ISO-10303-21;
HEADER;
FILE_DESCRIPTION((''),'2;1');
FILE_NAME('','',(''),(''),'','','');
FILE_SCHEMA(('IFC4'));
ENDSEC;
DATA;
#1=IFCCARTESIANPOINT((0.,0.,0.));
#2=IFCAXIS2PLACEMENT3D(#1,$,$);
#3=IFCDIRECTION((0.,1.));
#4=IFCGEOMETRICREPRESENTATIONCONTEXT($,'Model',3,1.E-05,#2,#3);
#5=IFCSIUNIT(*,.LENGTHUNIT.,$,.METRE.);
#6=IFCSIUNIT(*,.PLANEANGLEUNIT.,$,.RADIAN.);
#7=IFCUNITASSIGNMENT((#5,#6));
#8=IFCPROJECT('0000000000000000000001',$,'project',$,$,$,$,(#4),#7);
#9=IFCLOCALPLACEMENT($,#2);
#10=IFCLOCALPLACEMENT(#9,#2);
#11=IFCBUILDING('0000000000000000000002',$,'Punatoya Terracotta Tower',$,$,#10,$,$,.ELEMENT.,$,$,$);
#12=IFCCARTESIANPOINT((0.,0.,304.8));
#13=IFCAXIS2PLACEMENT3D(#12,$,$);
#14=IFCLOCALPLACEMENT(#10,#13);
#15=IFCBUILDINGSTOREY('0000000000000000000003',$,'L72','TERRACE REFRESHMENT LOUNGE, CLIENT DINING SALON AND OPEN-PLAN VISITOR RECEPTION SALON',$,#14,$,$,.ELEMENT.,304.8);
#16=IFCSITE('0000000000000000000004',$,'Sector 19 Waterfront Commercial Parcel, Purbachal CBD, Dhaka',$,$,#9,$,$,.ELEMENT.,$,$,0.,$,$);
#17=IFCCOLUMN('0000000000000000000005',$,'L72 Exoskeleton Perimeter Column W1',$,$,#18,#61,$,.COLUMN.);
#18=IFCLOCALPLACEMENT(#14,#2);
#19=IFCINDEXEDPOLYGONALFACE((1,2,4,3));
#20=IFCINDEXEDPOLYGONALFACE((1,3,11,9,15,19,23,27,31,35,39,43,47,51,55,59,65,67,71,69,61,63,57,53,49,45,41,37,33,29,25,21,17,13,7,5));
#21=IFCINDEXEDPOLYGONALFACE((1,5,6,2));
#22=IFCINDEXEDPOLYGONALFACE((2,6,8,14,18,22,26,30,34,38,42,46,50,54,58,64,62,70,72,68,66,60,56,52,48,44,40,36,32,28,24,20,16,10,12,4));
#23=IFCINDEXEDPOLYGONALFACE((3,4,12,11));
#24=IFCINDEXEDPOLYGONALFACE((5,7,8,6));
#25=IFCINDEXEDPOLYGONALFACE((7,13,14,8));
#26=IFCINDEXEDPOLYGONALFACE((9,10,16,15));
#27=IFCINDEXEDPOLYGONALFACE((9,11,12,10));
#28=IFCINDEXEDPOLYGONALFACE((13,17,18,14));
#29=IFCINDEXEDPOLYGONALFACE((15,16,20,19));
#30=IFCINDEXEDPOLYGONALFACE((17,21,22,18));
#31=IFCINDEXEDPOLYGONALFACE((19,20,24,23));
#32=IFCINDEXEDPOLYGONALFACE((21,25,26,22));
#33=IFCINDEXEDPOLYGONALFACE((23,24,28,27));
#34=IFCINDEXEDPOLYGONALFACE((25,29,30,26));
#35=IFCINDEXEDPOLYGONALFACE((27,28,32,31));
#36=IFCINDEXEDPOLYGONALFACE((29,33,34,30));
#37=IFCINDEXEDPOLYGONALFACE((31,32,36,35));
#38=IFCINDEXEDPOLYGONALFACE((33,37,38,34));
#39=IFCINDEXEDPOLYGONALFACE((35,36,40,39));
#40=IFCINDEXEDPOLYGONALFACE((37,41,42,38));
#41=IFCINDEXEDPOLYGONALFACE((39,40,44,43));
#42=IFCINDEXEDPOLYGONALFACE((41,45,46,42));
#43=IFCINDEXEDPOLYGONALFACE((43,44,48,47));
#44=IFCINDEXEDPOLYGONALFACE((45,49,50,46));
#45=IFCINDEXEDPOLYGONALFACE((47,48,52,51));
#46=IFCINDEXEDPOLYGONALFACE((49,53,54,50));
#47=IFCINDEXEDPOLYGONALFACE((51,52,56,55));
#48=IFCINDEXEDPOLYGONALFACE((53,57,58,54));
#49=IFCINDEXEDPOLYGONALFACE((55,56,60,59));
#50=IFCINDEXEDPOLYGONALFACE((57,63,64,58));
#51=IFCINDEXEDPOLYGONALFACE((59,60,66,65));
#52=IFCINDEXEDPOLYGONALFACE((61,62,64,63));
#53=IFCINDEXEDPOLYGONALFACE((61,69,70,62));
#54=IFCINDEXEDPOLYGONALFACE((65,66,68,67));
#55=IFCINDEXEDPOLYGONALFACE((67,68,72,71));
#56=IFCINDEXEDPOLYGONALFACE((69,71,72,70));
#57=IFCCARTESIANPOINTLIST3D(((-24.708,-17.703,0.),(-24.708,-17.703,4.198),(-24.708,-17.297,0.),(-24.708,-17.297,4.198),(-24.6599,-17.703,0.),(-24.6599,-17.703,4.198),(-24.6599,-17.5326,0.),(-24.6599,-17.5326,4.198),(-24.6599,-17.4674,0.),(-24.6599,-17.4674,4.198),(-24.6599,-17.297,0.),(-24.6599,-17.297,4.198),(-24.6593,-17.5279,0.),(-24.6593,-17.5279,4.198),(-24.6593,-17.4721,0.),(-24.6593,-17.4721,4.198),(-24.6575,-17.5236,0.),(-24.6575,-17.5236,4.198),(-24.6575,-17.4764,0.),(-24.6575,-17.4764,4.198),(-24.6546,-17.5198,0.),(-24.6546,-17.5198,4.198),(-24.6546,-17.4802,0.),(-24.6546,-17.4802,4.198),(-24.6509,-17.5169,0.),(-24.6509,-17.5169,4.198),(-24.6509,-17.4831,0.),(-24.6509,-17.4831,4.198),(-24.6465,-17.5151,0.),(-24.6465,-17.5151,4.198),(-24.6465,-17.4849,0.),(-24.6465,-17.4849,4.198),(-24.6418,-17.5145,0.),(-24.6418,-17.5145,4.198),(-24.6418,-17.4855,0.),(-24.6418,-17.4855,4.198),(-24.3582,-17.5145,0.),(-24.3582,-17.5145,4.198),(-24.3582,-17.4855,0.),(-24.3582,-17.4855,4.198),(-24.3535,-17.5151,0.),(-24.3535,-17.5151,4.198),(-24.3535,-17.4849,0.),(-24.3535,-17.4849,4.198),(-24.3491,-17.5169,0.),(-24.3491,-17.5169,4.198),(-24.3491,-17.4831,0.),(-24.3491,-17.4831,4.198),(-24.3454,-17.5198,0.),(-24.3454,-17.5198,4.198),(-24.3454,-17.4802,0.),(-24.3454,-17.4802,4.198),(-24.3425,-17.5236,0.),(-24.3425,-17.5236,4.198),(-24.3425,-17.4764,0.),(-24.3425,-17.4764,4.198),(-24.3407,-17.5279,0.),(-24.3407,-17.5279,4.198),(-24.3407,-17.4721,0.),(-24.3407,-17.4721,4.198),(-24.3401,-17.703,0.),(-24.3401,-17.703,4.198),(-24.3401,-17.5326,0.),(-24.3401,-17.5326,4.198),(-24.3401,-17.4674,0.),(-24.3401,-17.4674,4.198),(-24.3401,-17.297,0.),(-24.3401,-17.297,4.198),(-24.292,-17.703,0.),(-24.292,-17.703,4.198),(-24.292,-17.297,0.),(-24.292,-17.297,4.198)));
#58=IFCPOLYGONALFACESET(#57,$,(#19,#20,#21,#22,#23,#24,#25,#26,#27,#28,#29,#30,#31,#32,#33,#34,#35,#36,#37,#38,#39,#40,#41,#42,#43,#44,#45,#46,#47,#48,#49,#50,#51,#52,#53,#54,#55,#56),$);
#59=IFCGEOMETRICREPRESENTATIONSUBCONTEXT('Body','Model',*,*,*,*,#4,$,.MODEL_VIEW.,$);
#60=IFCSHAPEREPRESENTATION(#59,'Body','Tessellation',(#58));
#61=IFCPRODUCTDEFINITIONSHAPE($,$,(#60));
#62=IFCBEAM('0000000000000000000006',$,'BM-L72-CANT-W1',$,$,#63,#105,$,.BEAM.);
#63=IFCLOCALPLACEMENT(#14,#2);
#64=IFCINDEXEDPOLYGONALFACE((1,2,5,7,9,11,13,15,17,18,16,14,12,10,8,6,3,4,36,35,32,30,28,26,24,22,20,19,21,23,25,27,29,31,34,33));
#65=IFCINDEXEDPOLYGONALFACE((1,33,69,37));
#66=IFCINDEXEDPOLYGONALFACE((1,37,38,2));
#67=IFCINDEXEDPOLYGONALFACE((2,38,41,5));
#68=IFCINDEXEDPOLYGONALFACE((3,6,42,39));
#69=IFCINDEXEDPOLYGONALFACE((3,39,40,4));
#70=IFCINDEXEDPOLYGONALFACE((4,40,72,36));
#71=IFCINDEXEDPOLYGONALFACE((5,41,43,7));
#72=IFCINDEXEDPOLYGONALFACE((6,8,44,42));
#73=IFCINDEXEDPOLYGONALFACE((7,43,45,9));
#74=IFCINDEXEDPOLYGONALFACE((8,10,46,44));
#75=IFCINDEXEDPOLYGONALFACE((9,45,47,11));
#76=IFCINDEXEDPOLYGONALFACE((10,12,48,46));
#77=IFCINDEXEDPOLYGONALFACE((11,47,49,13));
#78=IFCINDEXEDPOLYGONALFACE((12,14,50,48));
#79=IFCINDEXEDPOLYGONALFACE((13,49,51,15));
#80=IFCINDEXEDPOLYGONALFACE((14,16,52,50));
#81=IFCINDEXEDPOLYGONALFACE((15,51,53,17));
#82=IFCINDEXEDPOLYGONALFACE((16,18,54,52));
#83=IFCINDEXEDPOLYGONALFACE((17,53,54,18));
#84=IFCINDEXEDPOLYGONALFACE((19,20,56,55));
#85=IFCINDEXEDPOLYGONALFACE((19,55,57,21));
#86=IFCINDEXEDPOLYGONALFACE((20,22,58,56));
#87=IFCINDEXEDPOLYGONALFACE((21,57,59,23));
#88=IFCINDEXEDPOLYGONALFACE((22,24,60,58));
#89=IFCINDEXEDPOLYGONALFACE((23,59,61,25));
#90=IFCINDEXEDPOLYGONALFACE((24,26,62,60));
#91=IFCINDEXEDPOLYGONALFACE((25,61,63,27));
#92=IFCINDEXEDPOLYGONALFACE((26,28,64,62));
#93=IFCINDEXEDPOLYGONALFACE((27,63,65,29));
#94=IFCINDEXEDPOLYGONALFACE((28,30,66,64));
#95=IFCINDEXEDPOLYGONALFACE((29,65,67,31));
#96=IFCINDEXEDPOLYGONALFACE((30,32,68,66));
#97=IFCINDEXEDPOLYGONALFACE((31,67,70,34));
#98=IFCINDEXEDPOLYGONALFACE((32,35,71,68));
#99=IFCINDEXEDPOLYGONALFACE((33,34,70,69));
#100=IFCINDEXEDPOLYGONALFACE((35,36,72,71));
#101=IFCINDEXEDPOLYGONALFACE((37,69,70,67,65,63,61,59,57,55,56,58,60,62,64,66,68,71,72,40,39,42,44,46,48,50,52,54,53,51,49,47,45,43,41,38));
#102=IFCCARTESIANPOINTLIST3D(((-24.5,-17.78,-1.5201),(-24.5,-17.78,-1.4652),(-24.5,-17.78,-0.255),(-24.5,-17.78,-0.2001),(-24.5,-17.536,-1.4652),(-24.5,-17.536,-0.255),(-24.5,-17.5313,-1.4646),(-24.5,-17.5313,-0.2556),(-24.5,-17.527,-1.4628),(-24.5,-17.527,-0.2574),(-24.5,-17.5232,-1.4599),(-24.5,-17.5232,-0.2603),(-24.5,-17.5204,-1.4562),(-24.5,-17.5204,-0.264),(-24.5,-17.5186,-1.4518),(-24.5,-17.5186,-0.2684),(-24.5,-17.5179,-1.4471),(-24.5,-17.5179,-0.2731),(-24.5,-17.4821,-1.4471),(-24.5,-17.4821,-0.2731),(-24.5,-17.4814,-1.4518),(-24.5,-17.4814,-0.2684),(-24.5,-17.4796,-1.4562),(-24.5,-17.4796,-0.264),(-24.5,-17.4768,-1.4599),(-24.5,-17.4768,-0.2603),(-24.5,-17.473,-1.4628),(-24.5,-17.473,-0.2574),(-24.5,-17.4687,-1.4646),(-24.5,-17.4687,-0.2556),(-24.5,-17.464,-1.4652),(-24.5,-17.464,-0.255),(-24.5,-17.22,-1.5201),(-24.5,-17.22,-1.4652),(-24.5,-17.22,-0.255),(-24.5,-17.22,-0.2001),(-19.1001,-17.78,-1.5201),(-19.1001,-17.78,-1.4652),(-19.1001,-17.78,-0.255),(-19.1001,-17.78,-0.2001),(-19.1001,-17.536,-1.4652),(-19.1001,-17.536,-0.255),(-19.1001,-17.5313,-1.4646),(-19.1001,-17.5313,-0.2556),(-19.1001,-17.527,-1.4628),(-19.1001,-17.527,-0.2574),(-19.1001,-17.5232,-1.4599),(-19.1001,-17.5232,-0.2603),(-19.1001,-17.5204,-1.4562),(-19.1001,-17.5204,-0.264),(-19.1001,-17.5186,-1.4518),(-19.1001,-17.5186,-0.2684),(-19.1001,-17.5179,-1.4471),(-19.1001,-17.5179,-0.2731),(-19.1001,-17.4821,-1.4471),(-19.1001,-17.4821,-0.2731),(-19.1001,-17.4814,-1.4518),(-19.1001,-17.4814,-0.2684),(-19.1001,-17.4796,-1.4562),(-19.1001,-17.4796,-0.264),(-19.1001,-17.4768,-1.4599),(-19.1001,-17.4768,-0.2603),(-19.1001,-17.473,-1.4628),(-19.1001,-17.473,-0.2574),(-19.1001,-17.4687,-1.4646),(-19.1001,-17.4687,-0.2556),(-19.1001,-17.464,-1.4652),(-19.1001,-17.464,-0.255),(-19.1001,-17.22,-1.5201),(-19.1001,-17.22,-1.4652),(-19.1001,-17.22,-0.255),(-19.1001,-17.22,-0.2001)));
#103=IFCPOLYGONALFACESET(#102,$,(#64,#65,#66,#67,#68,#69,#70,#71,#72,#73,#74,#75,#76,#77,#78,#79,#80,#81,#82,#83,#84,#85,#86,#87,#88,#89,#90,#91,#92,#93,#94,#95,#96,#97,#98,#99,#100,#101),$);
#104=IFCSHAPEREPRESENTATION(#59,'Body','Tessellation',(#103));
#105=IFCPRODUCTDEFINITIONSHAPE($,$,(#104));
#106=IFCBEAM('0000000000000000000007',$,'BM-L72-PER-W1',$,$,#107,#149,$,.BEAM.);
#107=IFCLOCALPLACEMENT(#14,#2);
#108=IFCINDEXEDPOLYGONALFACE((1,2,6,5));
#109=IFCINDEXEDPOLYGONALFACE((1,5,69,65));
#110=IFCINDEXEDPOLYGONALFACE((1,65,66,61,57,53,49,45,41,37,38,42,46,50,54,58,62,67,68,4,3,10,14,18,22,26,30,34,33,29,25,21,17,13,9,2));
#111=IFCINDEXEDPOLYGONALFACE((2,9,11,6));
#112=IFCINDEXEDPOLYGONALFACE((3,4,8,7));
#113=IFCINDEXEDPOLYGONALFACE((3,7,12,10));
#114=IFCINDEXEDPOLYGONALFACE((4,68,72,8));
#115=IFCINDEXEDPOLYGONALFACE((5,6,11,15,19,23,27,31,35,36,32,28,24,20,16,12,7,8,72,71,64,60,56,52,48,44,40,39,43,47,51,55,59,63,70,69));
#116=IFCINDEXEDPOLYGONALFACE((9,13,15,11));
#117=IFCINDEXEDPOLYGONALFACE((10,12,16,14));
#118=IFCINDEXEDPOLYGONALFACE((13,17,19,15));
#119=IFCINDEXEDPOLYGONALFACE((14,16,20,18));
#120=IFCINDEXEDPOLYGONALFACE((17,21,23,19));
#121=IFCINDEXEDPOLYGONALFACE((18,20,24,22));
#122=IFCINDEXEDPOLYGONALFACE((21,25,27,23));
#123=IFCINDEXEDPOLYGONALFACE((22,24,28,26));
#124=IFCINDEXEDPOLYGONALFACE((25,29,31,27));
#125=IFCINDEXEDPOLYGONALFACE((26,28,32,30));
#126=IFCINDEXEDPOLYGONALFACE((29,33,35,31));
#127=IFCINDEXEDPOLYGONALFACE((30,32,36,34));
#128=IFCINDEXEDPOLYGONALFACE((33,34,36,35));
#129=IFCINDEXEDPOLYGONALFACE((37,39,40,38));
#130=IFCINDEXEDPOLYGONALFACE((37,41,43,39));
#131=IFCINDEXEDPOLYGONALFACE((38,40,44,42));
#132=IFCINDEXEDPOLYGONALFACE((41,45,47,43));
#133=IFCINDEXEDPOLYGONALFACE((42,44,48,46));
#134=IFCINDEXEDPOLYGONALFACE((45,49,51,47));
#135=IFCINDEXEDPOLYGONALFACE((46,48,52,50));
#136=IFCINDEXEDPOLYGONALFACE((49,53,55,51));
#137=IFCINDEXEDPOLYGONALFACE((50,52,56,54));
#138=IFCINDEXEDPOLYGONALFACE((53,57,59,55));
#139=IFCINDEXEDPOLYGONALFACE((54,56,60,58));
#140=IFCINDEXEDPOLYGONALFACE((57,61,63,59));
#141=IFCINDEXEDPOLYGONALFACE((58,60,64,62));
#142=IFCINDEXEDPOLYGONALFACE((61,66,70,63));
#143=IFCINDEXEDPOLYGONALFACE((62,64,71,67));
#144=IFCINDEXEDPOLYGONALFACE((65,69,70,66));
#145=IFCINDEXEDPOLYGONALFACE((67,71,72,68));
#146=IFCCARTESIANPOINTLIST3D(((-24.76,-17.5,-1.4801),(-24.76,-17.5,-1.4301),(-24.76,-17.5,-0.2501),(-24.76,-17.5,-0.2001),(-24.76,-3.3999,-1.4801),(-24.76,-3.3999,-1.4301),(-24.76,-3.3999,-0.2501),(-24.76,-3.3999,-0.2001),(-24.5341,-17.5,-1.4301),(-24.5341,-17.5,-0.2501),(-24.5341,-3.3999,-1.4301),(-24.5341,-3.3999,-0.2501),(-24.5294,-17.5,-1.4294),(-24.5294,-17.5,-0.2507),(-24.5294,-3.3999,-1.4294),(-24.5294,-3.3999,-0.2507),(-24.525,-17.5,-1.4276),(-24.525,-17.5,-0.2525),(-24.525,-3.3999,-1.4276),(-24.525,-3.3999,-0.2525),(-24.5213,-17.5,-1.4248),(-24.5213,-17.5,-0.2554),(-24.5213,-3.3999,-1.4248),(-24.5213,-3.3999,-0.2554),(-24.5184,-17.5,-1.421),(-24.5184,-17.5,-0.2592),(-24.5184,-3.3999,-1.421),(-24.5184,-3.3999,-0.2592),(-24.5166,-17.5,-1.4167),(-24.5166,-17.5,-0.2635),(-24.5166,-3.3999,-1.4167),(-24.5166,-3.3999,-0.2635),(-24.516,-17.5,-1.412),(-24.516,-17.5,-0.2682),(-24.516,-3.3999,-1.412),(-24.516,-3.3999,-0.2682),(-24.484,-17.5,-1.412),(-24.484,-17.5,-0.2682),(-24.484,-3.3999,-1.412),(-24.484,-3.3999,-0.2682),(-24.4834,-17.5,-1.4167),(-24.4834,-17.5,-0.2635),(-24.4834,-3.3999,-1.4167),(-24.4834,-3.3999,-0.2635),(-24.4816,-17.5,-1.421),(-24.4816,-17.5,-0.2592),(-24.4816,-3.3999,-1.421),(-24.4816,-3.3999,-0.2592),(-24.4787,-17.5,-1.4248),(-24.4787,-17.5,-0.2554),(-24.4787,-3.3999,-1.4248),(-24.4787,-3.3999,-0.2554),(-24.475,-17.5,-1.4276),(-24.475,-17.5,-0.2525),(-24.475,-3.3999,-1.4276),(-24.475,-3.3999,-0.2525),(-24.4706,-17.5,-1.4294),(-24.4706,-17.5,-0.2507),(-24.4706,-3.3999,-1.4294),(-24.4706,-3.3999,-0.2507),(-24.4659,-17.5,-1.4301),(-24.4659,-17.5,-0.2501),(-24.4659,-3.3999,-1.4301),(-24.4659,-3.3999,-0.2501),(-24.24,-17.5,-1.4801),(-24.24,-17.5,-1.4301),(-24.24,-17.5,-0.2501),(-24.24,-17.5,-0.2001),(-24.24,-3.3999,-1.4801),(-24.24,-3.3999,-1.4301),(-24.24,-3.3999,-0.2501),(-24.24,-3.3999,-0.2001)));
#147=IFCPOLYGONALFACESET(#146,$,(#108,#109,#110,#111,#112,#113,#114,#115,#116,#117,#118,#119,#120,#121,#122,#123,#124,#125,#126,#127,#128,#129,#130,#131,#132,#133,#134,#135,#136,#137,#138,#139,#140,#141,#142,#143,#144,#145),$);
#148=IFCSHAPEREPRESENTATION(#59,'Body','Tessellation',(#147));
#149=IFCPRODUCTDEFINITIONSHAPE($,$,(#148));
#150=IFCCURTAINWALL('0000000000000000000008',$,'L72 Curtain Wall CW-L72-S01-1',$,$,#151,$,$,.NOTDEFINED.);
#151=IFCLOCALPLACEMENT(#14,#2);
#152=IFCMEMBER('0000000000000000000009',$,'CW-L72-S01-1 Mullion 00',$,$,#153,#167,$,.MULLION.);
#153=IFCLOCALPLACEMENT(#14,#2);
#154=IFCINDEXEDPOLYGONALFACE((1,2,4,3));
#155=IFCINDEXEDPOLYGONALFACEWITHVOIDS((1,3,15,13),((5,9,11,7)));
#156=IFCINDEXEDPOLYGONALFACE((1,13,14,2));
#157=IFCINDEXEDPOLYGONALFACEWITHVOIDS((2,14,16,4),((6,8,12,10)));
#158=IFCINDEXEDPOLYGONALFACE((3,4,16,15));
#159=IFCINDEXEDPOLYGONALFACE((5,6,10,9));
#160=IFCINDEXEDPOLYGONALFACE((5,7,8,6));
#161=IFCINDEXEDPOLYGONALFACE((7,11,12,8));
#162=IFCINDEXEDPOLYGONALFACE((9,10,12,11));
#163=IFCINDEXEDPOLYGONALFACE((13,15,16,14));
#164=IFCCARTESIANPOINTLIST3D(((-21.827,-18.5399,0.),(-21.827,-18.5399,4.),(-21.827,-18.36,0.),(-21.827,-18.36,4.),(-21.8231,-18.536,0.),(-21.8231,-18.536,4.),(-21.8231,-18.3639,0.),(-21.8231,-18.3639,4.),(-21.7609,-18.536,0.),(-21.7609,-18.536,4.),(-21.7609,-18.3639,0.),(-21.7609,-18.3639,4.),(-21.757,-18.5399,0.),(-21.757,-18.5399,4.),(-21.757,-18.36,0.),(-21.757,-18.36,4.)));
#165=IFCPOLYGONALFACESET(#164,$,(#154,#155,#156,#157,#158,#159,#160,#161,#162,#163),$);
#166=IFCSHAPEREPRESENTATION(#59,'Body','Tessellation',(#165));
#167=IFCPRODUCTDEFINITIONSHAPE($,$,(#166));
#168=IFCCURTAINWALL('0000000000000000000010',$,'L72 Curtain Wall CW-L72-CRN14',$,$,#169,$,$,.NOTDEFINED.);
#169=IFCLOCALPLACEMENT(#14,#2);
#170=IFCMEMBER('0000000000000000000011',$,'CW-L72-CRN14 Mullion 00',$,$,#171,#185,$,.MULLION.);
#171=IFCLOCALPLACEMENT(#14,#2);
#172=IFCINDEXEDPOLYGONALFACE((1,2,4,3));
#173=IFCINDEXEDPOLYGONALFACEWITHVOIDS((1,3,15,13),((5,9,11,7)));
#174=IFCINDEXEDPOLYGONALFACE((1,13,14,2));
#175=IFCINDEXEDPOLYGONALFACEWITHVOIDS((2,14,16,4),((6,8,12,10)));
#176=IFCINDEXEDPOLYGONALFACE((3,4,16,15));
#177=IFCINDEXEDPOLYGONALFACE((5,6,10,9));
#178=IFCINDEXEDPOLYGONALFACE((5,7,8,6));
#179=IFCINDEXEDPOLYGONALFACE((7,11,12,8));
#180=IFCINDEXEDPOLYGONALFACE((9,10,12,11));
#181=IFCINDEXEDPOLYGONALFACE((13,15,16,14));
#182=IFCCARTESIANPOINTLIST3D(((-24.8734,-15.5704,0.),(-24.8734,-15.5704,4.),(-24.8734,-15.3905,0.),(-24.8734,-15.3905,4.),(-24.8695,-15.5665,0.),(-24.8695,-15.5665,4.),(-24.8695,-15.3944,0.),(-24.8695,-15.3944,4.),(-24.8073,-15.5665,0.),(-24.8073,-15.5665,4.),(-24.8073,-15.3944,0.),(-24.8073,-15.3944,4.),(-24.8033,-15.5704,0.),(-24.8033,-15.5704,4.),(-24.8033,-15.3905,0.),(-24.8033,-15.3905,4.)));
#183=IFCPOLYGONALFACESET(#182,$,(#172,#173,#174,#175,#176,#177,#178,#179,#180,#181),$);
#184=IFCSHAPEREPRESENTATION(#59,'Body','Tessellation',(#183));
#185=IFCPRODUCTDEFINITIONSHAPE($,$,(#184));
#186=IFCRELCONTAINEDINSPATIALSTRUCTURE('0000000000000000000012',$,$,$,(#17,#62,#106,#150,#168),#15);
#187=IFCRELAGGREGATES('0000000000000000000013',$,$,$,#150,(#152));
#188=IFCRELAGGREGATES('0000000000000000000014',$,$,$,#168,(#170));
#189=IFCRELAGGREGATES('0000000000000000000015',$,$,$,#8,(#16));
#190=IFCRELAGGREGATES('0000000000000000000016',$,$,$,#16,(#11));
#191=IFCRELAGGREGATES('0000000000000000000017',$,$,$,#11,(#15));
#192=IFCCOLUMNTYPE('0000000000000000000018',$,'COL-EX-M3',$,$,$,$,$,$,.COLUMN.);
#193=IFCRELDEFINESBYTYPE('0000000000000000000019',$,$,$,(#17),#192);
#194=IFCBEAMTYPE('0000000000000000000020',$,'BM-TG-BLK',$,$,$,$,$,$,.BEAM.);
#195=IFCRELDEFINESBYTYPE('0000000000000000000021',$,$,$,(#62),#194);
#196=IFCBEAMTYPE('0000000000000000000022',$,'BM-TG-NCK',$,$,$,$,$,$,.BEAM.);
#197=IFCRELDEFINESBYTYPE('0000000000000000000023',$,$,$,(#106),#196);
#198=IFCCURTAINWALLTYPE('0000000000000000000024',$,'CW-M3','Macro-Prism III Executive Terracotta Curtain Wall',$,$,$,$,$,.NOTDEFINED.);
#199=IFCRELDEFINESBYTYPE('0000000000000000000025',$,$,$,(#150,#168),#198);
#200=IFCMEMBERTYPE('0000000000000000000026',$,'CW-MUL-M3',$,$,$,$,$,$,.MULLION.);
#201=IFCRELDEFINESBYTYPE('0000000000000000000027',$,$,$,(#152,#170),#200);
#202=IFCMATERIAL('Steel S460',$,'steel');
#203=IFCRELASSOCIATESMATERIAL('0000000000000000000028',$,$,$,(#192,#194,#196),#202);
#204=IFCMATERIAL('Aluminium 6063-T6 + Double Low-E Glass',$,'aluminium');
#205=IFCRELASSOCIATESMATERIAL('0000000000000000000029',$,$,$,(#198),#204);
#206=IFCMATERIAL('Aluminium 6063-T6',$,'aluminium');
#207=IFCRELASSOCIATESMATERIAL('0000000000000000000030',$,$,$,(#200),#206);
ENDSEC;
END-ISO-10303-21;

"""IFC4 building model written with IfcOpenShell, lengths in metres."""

from ifc_helpers import new_model, si_unit, direction, frame, origin, origin_2d, place, context, subcontext, project, spatial, hollow_rectangle, i_section, extrude, material, material_profile, profile_set, type_object, element, aggregate, save


model = new_model("IFC4")

# Units and contexts
model_context = context("Model", 3, precision=1e-05, world=origin(), true_north=direction((0.0, 1.0)))
body_context = subcontext(model_context, "Body", "Model", "MODEL_VIEW")
ifc_project = project(units=[si_unit("LENGTHUNIT", "METRE"), si_unit("PLANEANGLEUNIT", "RADIAN")], contexts=[model_context])

# Site, building, storey
site_placement = place(None, origin())
site = spatial("IfcSite", under=ifc_project, at=site_placement, Name="Sector 19 Waterfront Commercial Parcel, Purbachal CBD, Dhaka", CompositionType="ELEMENT", RefElevation=0.0)
building_placement = place(site_placement, origin())
building = spatial("IfcBuilding", under=site, at=building_placement, Name="Punatoya Terracotta Tower", CompositionType="ELEMENT")
storey_placement = place(building_placement, frame((0.0, 0.0, 304.8)))
storey = spatial("IfcBuildingStorey", under=building, at=storey_placement, Name="L72", Description="TERRACE REFRESHMENT LOUNGE, CLIENT DINING SALON AND OPEN-PLAN VISITOR RECEPTION SALON", CompositionType="ELEMENT", Elevation=304.8)

# Column
ifc_material_1 = material(Name="Steel S460", Category="steel")
ifc_material_profile_1 = material_profile(ifc_material_1, i_section(OverallWidth=0.406, OverallDepth=0.416, WebThickness=0.0291, FlangeThickness=0.0481, FilletRadius=0.0181, at=origin_2d()))
ifc_profile_set_1 = profile_set([ifc_material_profile_1], Name="Steel S460")
column_type = type_object("IfcColumnType", Name="COL-EX-M3", PredefinedType="COLUMN", material=ifc_profile_set_1)
column_placement = place(storey_placement, frame((-24.5, -17.5, 0.0), z_axis=(0.0, 0.0, 1.0), x_axis=(0.0, 1.0, 0.0)))
element("IfcColumn", 1, at=column_placement, inside=storey, type_object=column_type, Name="L72 Exoskeleton Perimeter Column W1", PredefinedType="COLUMN", context=body_context, shape_type="SweptSolid", body=[
    extrude(i_section(OverallWidth=0.406, OverallDepth=0.416, WebThickness=0.0291, FlangeThickness=0.0481, FilletRadius=0.0181, at=origin_2d()), origin(), (0.0, 0.0, 1.0), 4.198),
])

# Beams
ifc_material_profile_2 = material_profile(ifc_material_1, i_section(OverallWidth=0.5601, OverallDepth=1.3201, WebThickness=0.0359, FlangeThickness=0.0549, FilletRadius=0.0181, at=origin_2d()))
ifc_profile_set_2 = profile_set([ifc_material_profile_2], Name="Steel S460")
beam_type_1 = type_object("IfcBeamType", Name="BM-TG-BLK", PredefinedType="BEAM", material=ifc_profile_set_2)
beam_1_placement = place(storey_placement, frame((-24.5, -17.5, -0.8601), z_axis=(1.0, 0.0, 0.0), x_axis=(0.0, 1.0, 0.0)))
element("IfcBeam", 2, at=beam_1_placement, inside=storey, type_object=beam_type_1, Name="BM-L72-CANT-W1", PredefinedType="BEAM", context=body_context, shape_type="SweptSolid", body=[
    extrude(i_section(OverallWidth=0.5601, OverallDepth=1.3201, WebThickness=0.0359, FlangeThickness=0.0549, FilletRadius=0.0181, at=origin_2d()), origin(), (0.0, 0.0, 1.0), 5.3999),
])
ifc_material_profile_3 = material_profile(ifc_material_1, i_section(OverallWidth=0.52, OverallDepth=1.28, WebThickness=0.032, FlangeThickness=0.05, FilletRadius=0.0181, at=origin_2d()))
ifc_profile_set_3 = profile_set([ifc_material_profile_3], Name="Steel S460")
beam_type_2 = type_object("IfcBeamType", Name="BM-TG-NCK", PredefinedType="BEAM", material=ifc_profile_set_3)
beam_2_placement = place(storey_placement, frame((-24.5, -17.5, -0.8401), z_axis=(0.0, 1.0, 0.0), x_axis=(-1.0, 0.0, 0.0)))
element("IfcBeam", 3, at=beam_2_placement, inside=storey, type_object=beam_type_2, Name="BM-L72-PER-W1", PredefinedType="BEAM", context=body_context, shape_type="SweptSolid", body=[
    extrude(i_section(OverallWidth=0.52, OverallDepth=1.28, WebThickness=0.032, FlangeThickness=0.05, FilletRadius=0.0181, at=origin_2d()), origin(), (0.0, 0.0, 1.0), 14.1001),
])

# Curtain wall, member
ifc_material_2 = material(Name="Aluminium 6063-T6 + Double Low-E Glass", Category="aluminium")
curtain_wall_type = type_object("IfcCurtainWallType", Name="CW-M3", Description="Macro-Prism III Executive Terracotta Curtain Wall", PredefinedType="NOTDEFINED", material=ifc_material_2)
curtain_wall_1_placement = place(storey_placement, origin())
curtain_wall_1 = element("IfcCurtainWall", 4, at=curtain_wall_1_placement, inside=storey, type_object=curtain_wall_type, Name="L72 Curtain Wall CW-L72-S01-1", PredefinedType="NOTDEFINED")
ifc_material_3 = material(Name="Aluminium 6063-T6", Category="aluminium")
ifc_material_profile_4 = material_profile(ifc_material_3, hollow_rectangle(XDim=0.0701, YDim=0.1799, WallThickness=0.0039, at=origin_2d()))
ifc_profile_set_4 = profile_set([ifc_material_profile_4], Name="Aluminium 6063-T6")
member_type_1 = type_object("IfcMemberType", Name="CW-MUL-M3", PredefinedType="MULLION", material=ifc_profile_set_4)
member_1_placement = place(storey_placement, frame((-21.792, -18.45, 0.0), z_axis=(0.0, 0.0, 1.0), x_axis=(1.0, 0.0, 0.0)))
member_1 = element("IfcMember", 5, at=member_1_placement, type_object=member_type_1, Name="CW-L72-S01-1 Mullion 00", PredefinedType="MULLION", context=body_context, shape_type="SweptSolid", body=[
    extrude(hollow_rectangle(XDim=0.0701, YDim=0.1799, WallThickness=0.0039, at=origin_2d()), origin(), (0.0, 0.0, 1.0), 4.0),
])

# Curtain wall, member
curtain_wall_2_placement = place(storey_placement, origin())
curtain_wall_2 = element("IfcCurtainWall", 6, at=curtain_wall_2_placement, inside=storey, type_object=curtain_wall_type, Name="L72 Curtain Wall CW-L72-CRN14", PredefinedType="NOTDEFINED")
member_2_placement = place(storey_placement, frame((-24.8384, -15.4805, 0.0), z_axis=(0.0, 0.0, 1.0), x_axis=(1.0, 0.0, 0.0)))
member_2 = element("IfcMember", 7, at=member_2_placement, type_object=member_type_1, Name="CW-L72-CRN14 Mullion 00", PredefinedType="MULLION", context=body_context, shape_type="SweptSolid", body=[
    extrude(hollow_rectangle(XDim=0.0701, YDim=0.1799, WallThickness=0.0039, at=origin_2d()), origin(), (0.0, 0.0, 1.0), 4.0),
])

aggregate(curtain_wall_1, [member_1])
aggregate(curtain_wall_2, [member_2])

save(model, "model.ifc")
